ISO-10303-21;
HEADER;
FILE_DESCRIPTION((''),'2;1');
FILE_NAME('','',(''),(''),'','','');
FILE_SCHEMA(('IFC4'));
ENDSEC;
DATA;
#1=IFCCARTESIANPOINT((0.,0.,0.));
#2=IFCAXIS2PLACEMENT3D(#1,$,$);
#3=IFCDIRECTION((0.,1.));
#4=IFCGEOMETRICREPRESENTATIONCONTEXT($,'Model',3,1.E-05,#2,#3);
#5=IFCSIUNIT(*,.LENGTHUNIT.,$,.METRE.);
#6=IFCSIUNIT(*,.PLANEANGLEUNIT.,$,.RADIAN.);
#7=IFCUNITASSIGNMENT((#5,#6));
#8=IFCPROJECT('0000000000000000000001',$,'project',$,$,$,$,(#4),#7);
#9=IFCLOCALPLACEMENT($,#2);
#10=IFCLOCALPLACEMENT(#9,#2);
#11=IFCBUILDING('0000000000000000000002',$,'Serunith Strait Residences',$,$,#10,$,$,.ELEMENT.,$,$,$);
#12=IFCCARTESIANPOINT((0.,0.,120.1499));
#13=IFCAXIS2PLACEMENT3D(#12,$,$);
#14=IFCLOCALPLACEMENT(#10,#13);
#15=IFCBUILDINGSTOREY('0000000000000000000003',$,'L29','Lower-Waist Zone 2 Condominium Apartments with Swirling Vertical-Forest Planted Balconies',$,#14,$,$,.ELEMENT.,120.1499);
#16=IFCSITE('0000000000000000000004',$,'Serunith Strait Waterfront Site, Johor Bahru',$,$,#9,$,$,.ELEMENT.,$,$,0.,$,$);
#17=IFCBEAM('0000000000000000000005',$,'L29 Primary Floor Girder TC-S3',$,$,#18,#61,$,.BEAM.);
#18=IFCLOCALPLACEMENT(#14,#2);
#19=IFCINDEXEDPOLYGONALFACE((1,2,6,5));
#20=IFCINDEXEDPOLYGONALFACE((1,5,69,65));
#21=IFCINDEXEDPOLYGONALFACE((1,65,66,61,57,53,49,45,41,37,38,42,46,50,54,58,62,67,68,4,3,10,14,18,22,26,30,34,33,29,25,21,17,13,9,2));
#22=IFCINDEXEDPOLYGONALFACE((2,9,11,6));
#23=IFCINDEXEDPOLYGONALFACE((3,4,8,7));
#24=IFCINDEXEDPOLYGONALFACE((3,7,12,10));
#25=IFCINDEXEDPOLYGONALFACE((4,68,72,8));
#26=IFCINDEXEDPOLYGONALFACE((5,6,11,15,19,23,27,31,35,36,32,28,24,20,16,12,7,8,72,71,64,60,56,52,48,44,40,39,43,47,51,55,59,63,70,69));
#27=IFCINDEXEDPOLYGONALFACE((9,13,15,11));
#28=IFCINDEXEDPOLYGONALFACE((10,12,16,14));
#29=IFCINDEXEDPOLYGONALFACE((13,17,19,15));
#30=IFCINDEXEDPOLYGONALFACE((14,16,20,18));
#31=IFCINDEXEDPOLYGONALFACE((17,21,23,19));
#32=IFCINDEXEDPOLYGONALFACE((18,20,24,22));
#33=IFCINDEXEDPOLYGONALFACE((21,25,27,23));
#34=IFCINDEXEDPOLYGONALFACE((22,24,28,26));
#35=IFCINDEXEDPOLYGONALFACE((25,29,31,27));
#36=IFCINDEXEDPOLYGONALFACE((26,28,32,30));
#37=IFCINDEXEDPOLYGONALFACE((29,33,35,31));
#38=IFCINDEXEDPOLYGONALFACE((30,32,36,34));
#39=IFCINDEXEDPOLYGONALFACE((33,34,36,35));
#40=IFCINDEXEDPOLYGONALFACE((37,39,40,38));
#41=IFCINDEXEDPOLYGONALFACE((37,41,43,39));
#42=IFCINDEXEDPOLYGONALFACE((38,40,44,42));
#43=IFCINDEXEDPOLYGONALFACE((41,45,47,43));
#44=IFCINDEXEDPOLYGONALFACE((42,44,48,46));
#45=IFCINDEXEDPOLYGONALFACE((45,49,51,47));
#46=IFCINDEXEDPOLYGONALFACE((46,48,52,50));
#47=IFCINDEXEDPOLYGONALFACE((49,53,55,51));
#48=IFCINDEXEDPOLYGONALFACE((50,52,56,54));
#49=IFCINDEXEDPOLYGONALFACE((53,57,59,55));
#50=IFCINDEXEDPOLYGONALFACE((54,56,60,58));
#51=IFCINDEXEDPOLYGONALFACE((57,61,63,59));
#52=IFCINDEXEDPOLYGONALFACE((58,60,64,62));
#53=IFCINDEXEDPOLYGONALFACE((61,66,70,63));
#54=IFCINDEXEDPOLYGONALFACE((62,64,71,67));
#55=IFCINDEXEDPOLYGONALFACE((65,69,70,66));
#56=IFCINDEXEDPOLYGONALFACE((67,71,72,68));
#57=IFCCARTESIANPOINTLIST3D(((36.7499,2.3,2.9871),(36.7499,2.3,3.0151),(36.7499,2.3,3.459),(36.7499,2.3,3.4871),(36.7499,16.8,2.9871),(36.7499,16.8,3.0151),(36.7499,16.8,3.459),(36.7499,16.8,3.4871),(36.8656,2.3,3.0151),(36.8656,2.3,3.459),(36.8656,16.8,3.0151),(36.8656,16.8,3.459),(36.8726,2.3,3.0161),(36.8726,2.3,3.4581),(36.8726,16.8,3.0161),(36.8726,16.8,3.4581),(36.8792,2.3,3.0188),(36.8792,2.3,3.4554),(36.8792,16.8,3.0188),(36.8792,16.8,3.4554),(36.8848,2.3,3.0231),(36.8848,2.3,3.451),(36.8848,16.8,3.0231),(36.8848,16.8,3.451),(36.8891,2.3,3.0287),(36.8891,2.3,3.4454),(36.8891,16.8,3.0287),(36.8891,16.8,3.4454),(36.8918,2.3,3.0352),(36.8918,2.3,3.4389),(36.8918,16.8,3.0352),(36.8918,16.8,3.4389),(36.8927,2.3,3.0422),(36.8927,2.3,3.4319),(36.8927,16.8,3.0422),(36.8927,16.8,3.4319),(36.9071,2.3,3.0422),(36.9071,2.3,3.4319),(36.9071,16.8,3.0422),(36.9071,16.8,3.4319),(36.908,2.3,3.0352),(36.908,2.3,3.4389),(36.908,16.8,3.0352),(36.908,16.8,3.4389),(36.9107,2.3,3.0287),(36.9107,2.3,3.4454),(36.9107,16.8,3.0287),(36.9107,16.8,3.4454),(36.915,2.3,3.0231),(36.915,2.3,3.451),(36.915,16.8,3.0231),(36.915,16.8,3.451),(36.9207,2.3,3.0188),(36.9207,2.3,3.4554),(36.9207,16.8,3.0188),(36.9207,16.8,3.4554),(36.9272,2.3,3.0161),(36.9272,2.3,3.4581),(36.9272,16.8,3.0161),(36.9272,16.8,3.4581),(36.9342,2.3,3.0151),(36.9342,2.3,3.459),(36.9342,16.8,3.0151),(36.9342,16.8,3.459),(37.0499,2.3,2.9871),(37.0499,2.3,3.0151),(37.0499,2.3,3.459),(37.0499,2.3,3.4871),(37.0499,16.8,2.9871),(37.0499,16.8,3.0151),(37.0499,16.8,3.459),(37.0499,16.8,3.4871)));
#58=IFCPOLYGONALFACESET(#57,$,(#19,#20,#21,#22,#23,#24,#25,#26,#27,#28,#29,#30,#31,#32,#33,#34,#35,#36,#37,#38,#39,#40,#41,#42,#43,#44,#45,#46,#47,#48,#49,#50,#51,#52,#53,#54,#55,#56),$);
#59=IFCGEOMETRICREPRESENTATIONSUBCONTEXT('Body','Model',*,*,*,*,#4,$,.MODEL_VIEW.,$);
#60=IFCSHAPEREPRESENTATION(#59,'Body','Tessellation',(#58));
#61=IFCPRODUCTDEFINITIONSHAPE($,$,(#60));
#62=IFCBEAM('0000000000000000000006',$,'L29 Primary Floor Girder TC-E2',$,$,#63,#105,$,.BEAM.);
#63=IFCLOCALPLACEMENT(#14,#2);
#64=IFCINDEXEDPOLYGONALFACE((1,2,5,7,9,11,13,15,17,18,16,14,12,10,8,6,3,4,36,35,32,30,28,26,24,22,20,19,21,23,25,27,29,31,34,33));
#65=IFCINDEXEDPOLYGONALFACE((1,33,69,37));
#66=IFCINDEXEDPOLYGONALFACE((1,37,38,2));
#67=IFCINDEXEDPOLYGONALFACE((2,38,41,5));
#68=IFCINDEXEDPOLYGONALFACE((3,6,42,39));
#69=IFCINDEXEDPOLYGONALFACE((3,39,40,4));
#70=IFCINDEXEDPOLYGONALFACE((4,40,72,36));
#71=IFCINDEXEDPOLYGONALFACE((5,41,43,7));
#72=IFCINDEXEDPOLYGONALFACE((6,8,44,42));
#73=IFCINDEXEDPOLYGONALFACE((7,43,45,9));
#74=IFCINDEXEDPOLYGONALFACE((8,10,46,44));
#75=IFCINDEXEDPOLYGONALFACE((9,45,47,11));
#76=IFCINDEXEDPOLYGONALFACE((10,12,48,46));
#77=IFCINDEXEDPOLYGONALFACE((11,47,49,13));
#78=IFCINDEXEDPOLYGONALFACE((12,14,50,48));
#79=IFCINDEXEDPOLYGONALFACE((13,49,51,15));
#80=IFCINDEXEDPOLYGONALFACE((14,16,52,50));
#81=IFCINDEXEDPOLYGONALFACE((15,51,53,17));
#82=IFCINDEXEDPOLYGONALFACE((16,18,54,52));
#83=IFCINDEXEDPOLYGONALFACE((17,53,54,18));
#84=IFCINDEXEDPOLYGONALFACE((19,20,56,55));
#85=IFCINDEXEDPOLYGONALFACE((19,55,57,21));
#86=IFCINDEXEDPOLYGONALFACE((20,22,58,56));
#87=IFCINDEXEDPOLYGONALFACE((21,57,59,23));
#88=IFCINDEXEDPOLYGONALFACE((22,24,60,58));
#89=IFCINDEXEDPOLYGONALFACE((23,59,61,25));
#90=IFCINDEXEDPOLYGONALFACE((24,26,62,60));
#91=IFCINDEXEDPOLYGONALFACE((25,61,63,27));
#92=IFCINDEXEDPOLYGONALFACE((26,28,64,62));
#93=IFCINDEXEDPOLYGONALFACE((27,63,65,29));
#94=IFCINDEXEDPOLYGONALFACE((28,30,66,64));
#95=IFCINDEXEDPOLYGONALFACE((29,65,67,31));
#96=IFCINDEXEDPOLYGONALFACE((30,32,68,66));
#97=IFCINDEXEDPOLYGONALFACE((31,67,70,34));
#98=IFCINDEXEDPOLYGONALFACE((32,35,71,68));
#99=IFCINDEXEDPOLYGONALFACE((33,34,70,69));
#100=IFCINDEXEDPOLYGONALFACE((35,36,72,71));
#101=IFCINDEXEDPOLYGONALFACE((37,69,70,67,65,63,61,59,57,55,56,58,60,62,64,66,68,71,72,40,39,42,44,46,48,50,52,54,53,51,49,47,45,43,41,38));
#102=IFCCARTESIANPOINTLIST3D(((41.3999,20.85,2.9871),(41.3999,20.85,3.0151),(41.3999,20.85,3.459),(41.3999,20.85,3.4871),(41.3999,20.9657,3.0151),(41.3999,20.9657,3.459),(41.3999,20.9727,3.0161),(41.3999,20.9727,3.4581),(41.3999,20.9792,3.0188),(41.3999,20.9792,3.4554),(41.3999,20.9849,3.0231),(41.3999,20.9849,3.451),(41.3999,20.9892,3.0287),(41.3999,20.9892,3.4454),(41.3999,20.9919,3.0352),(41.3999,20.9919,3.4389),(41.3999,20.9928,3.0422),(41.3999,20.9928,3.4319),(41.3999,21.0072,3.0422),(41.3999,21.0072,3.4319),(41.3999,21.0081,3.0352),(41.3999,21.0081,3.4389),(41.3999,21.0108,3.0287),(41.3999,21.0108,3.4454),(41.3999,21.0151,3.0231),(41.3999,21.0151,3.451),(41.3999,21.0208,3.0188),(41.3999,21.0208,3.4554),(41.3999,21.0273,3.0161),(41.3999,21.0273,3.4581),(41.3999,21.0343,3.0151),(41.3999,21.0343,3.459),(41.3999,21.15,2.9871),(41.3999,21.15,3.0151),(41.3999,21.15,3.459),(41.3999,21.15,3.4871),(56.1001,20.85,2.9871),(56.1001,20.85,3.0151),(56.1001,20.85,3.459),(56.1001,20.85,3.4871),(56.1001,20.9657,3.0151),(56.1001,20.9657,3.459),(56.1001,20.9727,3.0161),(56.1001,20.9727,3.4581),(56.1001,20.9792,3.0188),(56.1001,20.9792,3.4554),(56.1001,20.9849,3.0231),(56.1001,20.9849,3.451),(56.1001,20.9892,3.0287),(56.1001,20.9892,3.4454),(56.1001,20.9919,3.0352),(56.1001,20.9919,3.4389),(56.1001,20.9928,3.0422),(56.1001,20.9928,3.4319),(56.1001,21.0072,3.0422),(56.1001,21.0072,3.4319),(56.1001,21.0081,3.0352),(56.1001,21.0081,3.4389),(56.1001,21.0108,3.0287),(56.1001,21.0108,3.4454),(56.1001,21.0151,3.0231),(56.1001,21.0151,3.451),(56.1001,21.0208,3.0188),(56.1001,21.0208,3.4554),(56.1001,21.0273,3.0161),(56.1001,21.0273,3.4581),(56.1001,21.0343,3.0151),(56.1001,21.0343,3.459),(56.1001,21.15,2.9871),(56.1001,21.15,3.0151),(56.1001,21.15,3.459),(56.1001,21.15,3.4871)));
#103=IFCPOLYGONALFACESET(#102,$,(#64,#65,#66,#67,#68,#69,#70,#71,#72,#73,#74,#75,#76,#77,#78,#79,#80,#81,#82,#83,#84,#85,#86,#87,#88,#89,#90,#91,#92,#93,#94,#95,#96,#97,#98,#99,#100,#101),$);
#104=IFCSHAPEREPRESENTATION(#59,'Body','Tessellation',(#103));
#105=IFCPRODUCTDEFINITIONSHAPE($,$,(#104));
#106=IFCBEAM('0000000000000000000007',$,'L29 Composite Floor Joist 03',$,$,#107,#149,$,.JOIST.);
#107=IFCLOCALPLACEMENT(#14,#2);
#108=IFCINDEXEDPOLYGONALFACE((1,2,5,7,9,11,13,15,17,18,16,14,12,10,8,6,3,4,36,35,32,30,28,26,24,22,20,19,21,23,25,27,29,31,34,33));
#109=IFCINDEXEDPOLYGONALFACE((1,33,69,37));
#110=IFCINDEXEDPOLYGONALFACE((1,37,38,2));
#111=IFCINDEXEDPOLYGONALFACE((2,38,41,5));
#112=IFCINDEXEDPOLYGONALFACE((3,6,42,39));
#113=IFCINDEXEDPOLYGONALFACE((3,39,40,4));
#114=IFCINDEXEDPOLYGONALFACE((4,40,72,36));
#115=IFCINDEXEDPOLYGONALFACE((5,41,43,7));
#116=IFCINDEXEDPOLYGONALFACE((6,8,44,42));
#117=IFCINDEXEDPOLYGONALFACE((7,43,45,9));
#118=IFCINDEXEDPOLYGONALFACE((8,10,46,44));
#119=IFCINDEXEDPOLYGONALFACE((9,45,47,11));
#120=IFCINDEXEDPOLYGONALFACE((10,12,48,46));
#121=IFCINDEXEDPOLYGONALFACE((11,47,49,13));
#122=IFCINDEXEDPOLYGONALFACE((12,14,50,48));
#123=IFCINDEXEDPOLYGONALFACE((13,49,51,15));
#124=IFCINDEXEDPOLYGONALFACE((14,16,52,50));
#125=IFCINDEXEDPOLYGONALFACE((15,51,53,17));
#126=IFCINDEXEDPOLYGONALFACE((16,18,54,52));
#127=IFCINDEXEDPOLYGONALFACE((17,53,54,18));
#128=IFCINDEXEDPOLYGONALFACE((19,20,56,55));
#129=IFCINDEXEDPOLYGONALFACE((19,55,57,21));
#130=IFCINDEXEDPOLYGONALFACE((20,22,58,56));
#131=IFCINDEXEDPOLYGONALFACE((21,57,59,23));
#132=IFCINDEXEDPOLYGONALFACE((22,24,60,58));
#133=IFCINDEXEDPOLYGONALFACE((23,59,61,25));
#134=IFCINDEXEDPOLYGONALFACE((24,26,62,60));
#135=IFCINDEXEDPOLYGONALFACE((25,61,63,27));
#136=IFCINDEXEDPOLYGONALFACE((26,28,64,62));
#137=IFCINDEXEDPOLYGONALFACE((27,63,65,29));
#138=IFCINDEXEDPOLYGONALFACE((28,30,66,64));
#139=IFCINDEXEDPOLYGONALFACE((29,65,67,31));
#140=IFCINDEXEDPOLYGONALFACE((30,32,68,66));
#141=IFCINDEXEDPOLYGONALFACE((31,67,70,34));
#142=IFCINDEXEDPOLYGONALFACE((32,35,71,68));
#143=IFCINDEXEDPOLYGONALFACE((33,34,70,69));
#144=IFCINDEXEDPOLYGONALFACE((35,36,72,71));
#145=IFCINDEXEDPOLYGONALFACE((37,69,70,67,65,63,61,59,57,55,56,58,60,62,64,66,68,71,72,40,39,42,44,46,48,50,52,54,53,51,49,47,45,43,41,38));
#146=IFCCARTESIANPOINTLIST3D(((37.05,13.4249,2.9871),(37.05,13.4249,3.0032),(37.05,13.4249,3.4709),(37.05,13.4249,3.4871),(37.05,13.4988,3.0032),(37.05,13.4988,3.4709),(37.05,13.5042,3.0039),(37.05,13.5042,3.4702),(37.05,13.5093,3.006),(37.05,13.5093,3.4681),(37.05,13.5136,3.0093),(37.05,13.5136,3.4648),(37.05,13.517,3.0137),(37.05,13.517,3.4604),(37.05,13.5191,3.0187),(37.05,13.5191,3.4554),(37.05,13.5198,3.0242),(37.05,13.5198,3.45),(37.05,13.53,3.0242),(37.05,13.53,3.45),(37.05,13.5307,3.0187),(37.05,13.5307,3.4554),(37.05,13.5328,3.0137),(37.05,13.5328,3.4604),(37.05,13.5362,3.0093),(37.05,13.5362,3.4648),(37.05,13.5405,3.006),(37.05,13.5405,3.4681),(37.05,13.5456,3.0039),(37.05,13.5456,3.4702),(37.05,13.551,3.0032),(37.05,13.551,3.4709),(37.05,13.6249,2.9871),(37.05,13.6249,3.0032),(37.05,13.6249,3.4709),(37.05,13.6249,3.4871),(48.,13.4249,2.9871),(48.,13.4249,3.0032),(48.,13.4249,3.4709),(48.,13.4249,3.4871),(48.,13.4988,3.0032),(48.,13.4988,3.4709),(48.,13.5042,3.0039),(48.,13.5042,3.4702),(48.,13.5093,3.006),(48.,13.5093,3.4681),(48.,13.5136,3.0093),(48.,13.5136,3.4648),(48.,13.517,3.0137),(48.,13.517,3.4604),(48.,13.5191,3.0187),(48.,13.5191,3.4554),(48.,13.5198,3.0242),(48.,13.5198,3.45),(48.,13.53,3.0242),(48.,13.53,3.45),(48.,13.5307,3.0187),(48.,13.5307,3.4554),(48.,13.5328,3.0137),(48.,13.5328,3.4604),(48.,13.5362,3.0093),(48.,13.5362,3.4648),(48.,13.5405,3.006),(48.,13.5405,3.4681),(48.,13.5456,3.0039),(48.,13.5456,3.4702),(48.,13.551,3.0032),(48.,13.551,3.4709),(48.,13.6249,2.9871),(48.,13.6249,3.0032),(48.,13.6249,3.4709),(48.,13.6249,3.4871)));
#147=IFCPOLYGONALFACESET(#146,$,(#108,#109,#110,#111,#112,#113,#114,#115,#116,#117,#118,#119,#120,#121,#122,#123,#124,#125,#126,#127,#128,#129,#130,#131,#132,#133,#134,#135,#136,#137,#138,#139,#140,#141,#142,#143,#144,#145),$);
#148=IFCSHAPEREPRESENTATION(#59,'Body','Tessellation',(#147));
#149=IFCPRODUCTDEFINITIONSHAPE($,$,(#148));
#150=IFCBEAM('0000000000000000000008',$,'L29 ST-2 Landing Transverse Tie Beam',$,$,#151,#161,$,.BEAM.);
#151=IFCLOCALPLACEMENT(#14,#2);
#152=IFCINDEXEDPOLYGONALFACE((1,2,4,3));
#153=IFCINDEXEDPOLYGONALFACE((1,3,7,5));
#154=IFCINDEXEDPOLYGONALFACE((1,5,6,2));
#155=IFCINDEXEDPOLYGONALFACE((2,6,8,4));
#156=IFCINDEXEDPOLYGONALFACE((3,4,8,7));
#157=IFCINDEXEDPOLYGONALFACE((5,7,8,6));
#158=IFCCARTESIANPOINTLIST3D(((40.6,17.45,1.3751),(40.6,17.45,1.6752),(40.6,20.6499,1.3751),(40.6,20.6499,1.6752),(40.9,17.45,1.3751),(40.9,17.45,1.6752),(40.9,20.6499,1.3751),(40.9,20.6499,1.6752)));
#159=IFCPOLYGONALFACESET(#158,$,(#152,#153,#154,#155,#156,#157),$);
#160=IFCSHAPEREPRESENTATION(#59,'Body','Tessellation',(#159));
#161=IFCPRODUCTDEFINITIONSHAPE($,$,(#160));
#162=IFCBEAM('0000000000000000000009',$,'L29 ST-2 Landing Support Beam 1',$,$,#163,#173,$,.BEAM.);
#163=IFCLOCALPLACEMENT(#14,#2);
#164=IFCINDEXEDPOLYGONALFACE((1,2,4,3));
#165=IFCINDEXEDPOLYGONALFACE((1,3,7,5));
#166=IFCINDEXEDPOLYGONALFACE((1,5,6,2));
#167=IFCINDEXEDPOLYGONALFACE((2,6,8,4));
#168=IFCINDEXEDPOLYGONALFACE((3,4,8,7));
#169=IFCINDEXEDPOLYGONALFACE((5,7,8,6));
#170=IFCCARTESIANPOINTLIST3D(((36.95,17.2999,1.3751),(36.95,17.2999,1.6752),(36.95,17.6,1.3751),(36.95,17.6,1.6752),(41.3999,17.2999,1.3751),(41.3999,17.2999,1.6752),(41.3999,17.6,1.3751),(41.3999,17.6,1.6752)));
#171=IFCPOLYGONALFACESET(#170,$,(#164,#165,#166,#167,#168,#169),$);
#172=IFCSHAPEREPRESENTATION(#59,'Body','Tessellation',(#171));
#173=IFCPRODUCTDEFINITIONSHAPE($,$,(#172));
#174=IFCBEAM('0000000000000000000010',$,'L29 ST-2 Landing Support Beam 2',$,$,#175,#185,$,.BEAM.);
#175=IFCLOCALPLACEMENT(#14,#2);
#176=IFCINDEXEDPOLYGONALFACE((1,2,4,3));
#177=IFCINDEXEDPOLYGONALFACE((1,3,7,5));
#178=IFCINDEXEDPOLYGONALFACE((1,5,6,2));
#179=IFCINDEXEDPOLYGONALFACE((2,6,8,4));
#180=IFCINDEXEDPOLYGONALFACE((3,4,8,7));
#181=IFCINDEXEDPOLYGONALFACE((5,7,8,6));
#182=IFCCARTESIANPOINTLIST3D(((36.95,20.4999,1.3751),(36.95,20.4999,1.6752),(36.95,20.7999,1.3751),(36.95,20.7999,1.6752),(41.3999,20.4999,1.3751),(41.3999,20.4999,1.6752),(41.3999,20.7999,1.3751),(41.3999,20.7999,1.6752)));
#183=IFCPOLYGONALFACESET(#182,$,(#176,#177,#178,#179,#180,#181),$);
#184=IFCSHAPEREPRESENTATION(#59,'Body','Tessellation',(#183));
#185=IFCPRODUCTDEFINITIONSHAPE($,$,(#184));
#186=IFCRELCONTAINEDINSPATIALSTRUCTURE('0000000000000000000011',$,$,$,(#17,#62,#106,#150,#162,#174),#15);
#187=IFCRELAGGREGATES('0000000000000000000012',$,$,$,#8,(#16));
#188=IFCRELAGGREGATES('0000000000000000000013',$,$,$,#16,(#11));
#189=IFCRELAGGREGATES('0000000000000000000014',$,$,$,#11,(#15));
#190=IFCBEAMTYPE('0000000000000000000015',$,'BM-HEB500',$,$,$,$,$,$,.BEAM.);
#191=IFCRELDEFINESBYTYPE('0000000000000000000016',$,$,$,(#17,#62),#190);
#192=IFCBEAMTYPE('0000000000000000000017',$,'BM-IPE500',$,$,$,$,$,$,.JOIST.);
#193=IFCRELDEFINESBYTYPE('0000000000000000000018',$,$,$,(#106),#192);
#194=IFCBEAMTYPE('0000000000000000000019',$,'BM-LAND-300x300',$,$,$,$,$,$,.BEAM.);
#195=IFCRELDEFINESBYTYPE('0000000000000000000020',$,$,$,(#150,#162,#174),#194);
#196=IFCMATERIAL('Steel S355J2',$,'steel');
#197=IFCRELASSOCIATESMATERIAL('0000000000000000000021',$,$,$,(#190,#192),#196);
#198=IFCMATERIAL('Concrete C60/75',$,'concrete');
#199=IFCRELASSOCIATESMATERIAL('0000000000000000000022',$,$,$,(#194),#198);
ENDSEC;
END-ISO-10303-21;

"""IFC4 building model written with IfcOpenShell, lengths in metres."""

from ifc_helpers import new_model, si_unit, direction, frame, origin, origin_2d, place, context, subcontext, project, spatial, rectangle, i_section, extrude, source, transform, mapped, material, material_profile, profile_set, type_object, element, save


model = new_model("IFC4")

# Units and contexts
model_context = context("Model", 3, precision=1e-05, world=origin(), true_north=direction((0.0, 1.0)))
body_context = subcontext(model_context, "Body", "Model", "MODEL_VIEW")
ifc_project = project(units=[si_unit("LENGTHUNIT", "METRE"), si_unit("PLANEANGLEUNIT", "RADIAN")], contexts=[model_context])

# Site, building, storey
site_placement = place(None, origin())
site = spatial("IfcSite", under=ifc_project, at=site_placement, Name="Serunith Strait Waterfront Site, Johor Bahru", CompositionType="ELEMENT", RefElevation=0.0)
building_placement = place(site_placement, origin())
building = spatial("IfcBuilding", under=site, at=building_placement, Name="Serunith Strait Residences", CompositionType="ELEMENT")
storey_placement = place(building_placement, frame((0.0, 0.0, 120.1499)))
storey = spatial("IfcBuildingStorey", under=building, at=storey_placement, Name="L29", Description="Lower-Waist Zone 2 Condominium Apartments with Swirling Vertical-Forest Planted Balconies", CompositionType="ELEMENT", Elevation=120.1499)

# Beams
ifc_material_1 = material(Name="Steel S355J2", Category="steel")
ifc_material_profile_1 = material_profile(ifc_material_1, i_section(OverallWidth=0.3, OverallDepth=0.5, WebThickness=0.0144, FlangeThickness=0.0281, FilletRadius=0.0271, at=origin_2d()), Name="HEB 500")
ifc_profile_set_1 = profile_set([ifc_material_profile_1], Name="Steel S355J2")
beam_type_1 = type_object("IfcBeamType", Name="BM-HEB500", PredefinedType="BEAM", material=ifc_profile_set_1)
shared_shape_1 = source(origin(), body_context, "Body", "SweptSolid", [
    extrude(i_section(OverallWidth=0.3, OverallDepth=0.5, WebThickness=0.0144, FlangeThickness=0.0281, FilletRadius=0.0271, at=origin_2d()), origin(), (0.0, 0.0, 1.0), 14.5),
])
beam_1_placement = place(storey_placement, frame((36.8999, 16.8, 3.2371), z_axis=(0.0, -1.0, 0.0), x_axis=(1.0, 0.0, 0.0)))
element("IfcBeam", 1, at=beam_1_placement, inside=storey, type_object=beam_type_1, Name="L29 Primary Floor Girder TC-S3", PredefinedType="BEAM", context=body_context, shape_type="MappedRepresentation", body=[
    mapped(shared_shape_1, transform((0.0, 0.0, 0.0), scale=1.0)),
])
shared_shape_2 = source(origin(), body_context, "Body", "SweptSolid", [
    extrude(i_section(OverallWidth=0.3, OverallDepth=0.5, WebThickness=0.0144, FlangeThickness=0.0281, FilletRadius=0.0271, at=origin_2d()), origin(), (0.0, 0.0, 1.0), 14.7002),
])
beam_2_placement = place(storey_placement, frame((41.3999, 21.0, 3.2371), z_axis=(1.0, 0.0, 0.0), x_axis=(0.0, 1.0, 0.0)))
element("IfcBeam", 2, at=beam_2_placement, inside=storey, type_object=beam_type_1, Name="L29 Primary Floor Girder TC-E2", PredefinedType="BEAM", context=body_context, shape_type="MappedRepresentation", body=[
    mapped(shared_shape_2, transform((0.0, 0.0, 0.0), scale=1.0)),
])
ifc_material_profile_2 = material_profile(ifc_material_1, i_section(OverallWidth=0.2, OverallDepth=0.5, WebThickness=0.0103, FlangeThickness=0.0161, FilletRadius=0.021, at=origin_2d()), Name="IPE 500")
ifc_profile_set_2 = profile_set([ifc_material_profile_2], Name="Steel S355J2")
beam_type_2 = type_object("IfcBeamType", Name="BM-IPE500", PredefinedType="JOIST", material=ifc_profile_set_2)
shared_shape_3 = source(origin(), body_context, "Body", "SweptSolid", [
    extrude(i_section(OverallWidth=0.2, OverallDepth=0.5, WebThickness=0.0103, FlangeThickness=0.0161, FilletRadius=0.021, at=origin_2d()), origin(), (0.0, 0.0, 1.0), 10.95),
])
beam_3_placement = place(storey_placement, frame((37.05, 13.5249, 3.2371), z_axis=(1.0, 0.0, 0.0), x_axis=(0.0, 1.0, 0.0)))
element("IfcBeam", 3, at=beam_3_placement, inside=storey, type_object=beam_type_2, Name="L29 Composite Floor Joist 03", PredefinedType="JOIST", context=body_context, shape_type="MappedRepresentation", body=[
    mapped(shared_shape_3, transform((0.0, 0.0, 0.0), scale=1.0)),
])
ifc_material_2 = material(Name="Concrete C60/75", Category="concrete")
ifc_material_profile_3 = material_profile(ifc_material_2, rectangle(XDim=0.3, YDim=0.3, at=origin_2d()), Name="RC 300x300")
ifc_profile_set_3 = profile_set([ifc_material_profile_3], Name="Concrete C60/75")
beam_type_3 = type_object("IfcBeamType", Name="BM-LAND-300x300", PredefinedType="BEAM", material=ifc_profile_set_3)
shared_shape_4 = source(origin(), body_context, "Body", "SweptSolid", [
    extrude(rectangle(XDim=0.3, YDim=0.3, at=origin_2d()), origin(), (0.0, 0.0, 1.0), 3.2),
])
beam_4_placement = place(storey_placement, frame((40.75, 17.45, 1.5251), z_axis=(0.0, 1.0, 0.0), x_axis=(-1.0, 0.0, 0.0)))
element("IfcBeam", 4, at=beam_4_placement, inside=storey, type_object=beam_type_3, Name="L29 ST-2 Landing Transverse Tie Beam", PredefinedType="BEAM", context=body_context, shape_type="MappedRepresentation", body=[
    mapped(shared_shape_4, transform((0.0, 0.0, 0.0), scale=1.0)),
])
shared_shape_5 = source(origin(), body_context, "Body", "SweptSolid", [
    extrude(rectangle(XDim=0.3, YDim=0.3, at=origin_2d()), origin(), (0.0, 0.0, 1.0), 4.45),
])
for number, where, z_axis, x_axis, name in (
    (5, (36.95, 17.45, 1.5251), (1.0, 0.0, 0.0), (0.0, 1.0, 0.0), "L29 ST-2 Landing Support Beam 1"),
    (6, (36.95, 20.6499, 1.5251), (1.0, 0.0, 0.0), (0.0, 1.0, 0.0), "L29 ST-2 Landing Support Beam 2"),
):
    element("IfcBeam", number, at=place(storey_placement, frame(where, z_axis=z_axis, x_axis=x_axis)), inside=storey, type_object=beam_type_3, Name=name, PredefinedType="BEAM", context=body_context, shape_type="MappedRepresentation", body=[
        mapped(shared_shape_5, transform((0.0, 0.0, 0.0), scale=1.0)),
    ])

save(model, "model.ifc")
